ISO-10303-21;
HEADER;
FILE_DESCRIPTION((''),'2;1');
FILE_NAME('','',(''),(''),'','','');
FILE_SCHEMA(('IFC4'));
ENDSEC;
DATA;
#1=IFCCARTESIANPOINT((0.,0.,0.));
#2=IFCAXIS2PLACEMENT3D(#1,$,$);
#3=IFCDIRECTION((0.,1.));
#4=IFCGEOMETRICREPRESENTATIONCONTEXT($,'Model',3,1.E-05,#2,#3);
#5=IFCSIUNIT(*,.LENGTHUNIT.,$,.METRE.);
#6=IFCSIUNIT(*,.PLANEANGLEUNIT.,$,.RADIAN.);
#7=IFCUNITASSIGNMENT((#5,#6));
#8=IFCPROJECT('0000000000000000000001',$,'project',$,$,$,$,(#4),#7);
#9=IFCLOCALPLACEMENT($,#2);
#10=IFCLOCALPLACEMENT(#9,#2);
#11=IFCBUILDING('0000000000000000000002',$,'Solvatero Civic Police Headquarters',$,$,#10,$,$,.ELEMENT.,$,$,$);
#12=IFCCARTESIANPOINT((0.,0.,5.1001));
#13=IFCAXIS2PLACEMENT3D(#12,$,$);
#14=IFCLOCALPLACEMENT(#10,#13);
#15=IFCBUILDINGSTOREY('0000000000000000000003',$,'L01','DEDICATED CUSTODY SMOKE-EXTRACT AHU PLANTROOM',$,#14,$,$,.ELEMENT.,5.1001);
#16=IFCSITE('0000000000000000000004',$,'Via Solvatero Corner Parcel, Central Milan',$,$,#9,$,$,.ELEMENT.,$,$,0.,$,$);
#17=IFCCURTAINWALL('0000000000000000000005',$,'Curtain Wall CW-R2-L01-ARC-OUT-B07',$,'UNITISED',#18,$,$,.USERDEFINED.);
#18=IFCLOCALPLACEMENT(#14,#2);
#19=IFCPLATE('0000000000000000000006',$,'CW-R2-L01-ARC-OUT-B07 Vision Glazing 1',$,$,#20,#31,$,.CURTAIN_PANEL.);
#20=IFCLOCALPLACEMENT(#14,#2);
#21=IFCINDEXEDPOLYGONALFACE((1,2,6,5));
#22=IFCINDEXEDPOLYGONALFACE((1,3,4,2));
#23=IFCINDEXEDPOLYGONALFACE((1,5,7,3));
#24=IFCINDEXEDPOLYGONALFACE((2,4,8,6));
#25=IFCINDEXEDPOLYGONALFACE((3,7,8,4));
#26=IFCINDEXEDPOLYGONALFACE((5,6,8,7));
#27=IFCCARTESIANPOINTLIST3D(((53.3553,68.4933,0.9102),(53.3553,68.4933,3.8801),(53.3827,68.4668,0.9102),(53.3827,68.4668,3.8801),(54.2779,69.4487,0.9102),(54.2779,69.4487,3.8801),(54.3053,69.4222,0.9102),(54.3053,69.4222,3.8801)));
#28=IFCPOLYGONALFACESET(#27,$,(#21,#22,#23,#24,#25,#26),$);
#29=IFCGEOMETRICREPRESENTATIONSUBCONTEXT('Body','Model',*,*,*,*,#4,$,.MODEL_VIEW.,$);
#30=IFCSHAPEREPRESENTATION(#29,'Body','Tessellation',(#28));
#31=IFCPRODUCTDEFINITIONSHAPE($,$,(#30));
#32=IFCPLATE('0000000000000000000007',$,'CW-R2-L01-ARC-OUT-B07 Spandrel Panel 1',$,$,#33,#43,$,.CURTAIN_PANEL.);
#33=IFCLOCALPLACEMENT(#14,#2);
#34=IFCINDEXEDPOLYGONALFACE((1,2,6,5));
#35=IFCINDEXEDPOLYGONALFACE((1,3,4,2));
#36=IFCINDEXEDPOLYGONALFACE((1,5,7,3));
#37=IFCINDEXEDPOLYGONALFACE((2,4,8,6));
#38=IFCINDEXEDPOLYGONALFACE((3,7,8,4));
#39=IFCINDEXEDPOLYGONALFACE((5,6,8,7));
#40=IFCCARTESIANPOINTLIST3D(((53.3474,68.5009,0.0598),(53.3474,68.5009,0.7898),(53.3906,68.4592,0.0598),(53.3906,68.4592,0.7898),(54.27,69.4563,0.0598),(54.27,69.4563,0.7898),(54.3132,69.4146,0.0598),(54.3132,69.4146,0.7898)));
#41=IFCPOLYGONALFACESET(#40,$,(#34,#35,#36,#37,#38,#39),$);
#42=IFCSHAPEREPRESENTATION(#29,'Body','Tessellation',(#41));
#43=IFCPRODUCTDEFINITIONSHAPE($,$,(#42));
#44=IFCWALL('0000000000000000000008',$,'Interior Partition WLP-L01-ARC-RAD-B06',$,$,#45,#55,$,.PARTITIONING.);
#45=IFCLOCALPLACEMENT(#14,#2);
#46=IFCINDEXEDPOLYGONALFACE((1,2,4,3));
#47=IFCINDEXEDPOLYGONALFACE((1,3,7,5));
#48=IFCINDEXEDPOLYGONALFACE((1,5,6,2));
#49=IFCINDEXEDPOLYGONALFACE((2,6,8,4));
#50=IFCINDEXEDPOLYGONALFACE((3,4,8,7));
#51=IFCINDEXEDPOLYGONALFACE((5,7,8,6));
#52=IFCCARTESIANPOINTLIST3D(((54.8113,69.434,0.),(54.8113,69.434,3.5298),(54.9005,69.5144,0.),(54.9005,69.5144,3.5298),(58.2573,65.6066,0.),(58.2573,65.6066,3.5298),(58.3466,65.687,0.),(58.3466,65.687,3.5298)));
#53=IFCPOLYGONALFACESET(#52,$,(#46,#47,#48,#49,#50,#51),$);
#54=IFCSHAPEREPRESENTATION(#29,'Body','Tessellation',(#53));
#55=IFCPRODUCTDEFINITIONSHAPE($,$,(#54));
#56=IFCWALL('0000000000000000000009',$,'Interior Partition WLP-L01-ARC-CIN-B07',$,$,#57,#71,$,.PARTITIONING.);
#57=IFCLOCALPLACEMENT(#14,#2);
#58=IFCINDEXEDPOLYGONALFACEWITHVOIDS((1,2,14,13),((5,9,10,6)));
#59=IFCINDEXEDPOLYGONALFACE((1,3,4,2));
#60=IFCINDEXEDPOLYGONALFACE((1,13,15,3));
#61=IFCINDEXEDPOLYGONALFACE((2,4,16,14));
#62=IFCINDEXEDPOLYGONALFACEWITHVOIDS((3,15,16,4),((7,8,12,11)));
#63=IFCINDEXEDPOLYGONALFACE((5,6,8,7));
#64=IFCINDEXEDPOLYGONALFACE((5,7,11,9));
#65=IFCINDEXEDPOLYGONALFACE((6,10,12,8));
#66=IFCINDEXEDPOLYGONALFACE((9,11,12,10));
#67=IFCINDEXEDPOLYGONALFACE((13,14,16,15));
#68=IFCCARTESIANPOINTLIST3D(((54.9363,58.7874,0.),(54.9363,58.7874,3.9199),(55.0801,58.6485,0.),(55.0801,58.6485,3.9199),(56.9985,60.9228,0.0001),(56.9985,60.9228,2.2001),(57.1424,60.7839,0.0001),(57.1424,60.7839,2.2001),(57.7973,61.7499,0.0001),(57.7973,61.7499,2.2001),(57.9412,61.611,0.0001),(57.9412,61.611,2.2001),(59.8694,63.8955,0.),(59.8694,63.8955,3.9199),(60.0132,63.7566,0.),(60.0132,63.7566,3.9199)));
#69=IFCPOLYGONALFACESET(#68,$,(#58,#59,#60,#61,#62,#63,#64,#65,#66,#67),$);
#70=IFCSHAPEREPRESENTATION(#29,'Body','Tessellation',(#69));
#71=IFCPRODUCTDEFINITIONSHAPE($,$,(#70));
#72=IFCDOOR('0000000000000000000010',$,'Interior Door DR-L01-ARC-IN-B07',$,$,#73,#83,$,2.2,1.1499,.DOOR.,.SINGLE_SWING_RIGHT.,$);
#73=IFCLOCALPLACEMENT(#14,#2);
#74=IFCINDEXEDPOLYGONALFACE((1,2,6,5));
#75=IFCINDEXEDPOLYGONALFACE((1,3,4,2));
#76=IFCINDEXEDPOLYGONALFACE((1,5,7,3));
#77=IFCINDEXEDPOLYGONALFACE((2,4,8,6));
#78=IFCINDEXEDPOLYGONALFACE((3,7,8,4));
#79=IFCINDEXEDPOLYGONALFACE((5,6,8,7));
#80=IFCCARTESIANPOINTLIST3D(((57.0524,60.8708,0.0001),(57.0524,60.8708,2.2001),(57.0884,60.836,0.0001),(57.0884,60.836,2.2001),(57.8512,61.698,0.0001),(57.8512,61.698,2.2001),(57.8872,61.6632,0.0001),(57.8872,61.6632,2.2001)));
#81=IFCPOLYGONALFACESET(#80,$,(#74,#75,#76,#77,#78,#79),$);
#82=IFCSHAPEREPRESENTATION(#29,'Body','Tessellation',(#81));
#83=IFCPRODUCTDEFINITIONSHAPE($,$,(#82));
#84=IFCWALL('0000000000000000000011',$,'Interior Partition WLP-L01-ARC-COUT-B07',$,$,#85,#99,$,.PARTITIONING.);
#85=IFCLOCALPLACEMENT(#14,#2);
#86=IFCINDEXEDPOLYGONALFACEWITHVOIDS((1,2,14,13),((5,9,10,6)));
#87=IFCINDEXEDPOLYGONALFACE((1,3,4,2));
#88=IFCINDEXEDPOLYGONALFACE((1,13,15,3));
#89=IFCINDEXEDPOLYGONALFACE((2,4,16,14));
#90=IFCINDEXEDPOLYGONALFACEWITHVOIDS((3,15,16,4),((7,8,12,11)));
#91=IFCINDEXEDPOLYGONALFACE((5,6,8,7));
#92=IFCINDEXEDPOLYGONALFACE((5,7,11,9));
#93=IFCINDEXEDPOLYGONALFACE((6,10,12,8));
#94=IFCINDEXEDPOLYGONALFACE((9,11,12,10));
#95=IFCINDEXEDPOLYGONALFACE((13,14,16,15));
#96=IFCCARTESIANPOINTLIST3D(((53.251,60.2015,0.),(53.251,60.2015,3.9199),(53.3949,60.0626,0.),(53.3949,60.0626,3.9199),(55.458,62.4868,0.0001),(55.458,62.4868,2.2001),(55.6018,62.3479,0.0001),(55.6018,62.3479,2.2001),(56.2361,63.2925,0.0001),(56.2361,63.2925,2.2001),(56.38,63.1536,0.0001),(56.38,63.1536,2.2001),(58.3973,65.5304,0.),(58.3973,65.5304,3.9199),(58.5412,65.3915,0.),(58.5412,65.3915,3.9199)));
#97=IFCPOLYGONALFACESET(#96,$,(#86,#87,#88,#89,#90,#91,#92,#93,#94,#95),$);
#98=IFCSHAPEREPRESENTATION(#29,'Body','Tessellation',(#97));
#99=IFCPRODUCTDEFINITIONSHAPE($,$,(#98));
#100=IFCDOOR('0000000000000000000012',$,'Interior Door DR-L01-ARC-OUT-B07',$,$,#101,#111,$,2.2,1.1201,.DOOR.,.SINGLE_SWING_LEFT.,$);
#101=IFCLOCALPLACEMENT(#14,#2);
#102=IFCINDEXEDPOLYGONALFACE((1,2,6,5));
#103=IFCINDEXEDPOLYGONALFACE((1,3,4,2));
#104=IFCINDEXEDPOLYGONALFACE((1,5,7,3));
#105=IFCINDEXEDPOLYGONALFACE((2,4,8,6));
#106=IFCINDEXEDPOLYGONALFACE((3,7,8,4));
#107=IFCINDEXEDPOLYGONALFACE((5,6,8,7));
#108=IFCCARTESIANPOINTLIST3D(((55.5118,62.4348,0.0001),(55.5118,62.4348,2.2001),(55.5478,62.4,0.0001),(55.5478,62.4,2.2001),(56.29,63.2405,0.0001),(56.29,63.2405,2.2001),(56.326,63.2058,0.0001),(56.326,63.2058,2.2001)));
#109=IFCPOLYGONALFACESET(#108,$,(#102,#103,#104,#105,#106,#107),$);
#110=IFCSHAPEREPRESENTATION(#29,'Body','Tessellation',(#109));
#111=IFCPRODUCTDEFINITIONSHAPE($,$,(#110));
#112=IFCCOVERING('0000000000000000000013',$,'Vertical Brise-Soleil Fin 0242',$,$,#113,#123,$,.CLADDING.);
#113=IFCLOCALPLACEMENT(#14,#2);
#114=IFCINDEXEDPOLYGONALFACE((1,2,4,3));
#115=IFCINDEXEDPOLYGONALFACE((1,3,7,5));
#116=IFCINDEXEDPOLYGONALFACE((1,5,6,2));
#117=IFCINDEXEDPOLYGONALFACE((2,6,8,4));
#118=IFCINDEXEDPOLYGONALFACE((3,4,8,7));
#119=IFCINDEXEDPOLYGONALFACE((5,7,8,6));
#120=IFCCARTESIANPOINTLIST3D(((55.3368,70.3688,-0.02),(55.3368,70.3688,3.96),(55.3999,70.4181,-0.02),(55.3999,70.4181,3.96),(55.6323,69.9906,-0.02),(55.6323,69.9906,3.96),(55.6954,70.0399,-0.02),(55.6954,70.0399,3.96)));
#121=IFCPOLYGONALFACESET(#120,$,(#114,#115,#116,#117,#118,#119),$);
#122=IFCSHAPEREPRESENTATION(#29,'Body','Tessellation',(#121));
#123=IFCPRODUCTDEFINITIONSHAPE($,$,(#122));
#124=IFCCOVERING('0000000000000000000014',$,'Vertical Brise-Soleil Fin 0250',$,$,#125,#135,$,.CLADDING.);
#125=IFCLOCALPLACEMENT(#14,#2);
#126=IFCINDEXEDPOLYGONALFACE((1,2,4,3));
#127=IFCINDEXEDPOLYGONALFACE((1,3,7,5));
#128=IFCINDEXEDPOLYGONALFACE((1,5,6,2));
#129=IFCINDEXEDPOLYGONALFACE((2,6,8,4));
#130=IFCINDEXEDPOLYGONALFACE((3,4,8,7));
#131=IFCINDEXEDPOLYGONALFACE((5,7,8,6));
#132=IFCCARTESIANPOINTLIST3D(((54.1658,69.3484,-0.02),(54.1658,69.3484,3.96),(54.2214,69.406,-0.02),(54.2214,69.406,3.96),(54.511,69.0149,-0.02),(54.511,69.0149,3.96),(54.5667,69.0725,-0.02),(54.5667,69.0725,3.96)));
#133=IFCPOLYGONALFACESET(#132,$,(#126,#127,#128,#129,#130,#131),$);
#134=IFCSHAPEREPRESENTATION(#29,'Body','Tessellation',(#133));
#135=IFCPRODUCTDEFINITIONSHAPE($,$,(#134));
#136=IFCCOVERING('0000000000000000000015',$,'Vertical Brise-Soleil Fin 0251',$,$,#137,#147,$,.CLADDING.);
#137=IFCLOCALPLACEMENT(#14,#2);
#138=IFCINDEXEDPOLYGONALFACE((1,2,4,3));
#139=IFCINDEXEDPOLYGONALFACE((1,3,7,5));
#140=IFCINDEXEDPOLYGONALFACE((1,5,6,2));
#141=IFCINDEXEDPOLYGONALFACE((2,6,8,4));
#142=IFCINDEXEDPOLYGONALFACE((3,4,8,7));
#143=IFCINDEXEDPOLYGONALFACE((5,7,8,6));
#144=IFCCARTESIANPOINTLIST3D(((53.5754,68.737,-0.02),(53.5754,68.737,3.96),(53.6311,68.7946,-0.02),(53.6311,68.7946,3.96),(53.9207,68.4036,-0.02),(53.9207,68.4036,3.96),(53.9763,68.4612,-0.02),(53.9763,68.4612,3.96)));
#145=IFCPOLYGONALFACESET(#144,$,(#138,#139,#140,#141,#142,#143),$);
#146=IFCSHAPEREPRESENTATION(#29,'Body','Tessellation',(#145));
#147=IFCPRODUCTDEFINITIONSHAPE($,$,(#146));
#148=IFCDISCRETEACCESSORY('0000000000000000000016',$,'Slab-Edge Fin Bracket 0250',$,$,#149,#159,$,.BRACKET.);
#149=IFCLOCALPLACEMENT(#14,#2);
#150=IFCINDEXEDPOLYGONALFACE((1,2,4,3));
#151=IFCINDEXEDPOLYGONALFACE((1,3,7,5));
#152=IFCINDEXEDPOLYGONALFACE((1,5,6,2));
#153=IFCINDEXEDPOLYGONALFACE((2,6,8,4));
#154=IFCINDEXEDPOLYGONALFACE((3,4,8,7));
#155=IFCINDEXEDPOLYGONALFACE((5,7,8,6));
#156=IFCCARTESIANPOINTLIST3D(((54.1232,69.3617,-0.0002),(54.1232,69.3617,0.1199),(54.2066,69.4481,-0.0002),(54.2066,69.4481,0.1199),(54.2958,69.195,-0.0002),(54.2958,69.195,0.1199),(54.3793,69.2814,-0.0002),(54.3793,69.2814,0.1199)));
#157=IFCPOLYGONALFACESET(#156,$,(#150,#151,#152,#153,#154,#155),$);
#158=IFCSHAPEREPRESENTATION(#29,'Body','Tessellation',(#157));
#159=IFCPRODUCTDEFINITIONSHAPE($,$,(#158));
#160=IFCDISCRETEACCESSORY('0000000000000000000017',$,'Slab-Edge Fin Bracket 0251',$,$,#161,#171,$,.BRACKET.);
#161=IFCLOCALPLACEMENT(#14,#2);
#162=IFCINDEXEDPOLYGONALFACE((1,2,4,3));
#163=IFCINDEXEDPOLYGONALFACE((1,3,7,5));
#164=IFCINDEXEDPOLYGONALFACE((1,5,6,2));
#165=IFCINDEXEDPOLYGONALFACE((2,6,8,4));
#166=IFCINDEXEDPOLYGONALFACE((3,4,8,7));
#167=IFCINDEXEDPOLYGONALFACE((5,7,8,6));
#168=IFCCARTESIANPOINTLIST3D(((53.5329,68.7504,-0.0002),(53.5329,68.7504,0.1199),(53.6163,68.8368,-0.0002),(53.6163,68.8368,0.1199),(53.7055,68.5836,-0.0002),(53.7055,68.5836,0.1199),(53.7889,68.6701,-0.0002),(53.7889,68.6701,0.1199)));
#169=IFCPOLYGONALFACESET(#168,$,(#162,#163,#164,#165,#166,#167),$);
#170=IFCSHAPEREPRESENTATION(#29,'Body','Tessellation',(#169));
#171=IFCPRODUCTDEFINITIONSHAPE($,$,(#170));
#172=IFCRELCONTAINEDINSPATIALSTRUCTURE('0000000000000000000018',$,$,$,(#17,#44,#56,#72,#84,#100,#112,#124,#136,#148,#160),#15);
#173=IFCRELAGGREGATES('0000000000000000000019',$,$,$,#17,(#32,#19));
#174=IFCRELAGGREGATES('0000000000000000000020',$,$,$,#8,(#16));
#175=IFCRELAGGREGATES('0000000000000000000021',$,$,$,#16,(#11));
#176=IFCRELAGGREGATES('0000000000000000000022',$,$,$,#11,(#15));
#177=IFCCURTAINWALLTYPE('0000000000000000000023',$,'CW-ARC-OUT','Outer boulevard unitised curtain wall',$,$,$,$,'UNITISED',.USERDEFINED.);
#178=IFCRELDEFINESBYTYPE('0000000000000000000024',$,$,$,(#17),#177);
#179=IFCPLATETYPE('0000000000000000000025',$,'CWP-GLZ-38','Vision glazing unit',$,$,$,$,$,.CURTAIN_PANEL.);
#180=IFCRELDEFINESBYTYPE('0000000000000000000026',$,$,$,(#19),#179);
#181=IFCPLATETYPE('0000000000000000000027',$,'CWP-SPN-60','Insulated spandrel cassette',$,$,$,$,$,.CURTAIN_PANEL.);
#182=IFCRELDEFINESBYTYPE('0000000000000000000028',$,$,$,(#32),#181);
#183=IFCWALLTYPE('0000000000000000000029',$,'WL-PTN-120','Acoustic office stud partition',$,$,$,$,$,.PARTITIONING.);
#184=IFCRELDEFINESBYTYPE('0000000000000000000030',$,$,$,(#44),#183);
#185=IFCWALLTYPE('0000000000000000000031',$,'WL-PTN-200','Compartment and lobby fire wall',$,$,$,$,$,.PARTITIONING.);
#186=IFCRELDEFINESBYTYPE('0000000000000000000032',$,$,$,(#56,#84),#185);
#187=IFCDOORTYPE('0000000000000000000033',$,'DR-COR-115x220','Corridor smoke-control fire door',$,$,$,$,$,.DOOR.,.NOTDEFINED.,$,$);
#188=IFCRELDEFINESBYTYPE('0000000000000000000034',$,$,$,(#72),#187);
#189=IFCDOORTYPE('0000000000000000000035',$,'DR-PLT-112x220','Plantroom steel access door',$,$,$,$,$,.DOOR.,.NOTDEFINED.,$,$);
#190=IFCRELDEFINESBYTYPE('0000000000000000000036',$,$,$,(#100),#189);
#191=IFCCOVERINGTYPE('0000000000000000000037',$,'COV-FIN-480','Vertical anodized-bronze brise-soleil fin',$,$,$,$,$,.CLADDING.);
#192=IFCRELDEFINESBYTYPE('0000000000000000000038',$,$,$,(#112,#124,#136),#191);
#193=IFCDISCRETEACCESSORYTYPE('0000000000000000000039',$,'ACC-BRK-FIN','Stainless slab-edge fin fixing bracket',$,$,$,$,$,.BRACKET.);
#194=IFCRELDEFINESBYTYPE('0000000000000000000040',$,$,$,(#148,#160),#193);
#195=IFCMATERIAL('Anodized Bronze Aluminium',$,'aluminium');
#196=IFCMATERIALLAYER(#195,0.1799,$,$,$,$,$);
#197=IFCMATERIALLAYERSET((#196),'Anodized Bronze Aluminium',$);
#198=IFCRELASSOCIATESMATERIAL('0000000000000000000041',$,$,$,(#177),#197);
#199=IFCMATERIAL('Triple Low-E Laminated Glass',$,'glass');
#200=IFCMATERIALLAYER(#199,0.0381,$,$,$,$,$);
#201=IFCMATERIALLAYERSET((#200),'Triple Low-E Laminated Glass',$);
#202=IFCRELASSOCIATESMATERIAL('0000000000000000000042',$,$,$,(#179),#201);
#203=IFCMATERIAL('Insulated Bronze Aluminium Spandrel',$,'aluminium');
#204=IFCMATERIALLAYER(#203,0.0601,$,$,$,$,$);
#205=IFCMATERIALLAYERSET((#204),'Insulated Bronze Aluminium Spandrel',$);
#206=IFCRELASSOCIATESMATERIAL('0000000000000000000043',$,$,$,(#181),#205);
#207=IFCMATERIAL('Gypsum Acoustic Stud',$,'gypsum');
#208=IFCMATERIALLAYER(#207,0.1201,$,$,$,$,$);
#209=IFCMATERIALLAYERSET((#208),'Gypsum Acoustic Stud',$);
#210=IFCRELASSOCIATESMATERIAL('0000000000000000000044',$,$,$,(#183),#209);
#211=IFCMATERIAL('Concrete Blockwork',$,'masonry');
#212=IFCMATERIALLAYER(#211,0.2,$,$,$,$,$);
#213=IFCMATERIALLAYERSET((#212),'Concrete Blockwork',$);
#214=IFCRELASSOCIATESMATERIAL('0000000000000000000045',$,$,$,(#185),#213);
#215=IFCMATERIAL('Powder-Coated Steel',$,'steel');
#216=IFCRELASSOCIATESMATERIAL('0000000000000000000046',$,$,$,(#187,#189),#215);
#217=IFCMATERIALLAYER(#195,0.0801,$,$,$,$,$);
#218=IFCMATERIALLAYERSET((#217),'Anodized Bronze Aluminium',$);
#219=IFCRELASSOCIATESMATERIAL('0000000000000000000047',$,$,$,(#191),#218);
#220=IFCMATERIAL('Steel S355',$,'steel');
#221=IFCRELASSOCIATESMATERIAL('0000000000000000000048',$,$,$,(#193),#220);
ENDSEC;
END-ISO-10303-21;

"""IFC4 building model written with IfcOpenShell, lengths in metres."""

from ifc_helpers import new_model, si_unit, direction, frame, frame_2d, origin, origin_2d, place, context, subcontext, project, spatial, rectangle, extrude, material, layer, layer_set, type_object, element, fill, aggregate, save


model = new_model("IFC4")

# Units and contexts
model_context = context("Model", 3, precision=1e-05, world=origin(), true_north=direction((0.0, 1.0)))
body_context = subcontext(model_context, "Body", "Model", "MODEL_VIEW")
ifc_project = project(units=[si_unit("LENGTHUNIT", "METRE"), si_unit("PLANEANGLEUNIT", "RADIAN")], contexts=[model_context])

# Site, building, storey
site_placement = place(None, origin())
site = spatial("IfcSite", under=ifc_project, at=site_placement, Name="Via Solvatero Corner Parcel, Central Milan", CompositionType="ELEMENT", RefElevation=0.0)
building_placement = place(site_placement, origin())
building = spatial("IfcBuilding", under=site, at=building_placement, Name="Solvatero Civic Police Headquarters", CompositionType="ELEMENT")
storey_placement = place(building_placement, frame((0.0, 0.0, 5.1001)))
storey = spatial("IfcBuildingStorey", under=building, at=storey_placement, Name="L01", Description="DEDICATED CUSTODY SMOKE-EXTRACT AHU PLANTROOM", CompositionType="ELEMENT", Elevation=5.1001)

# Shared definitions
ifc_material_1 = material(Name="Steel S355", Category="steel")

# Shared definitions
ifc_material_2 = material(Name="Anodized Bronze Aluminium", Category="aluminium")
ifc_layer_1 = layer(ifc_material_2, 0.1799)
ifc_layer_set_1 = layer_set([ifc_layer_1], Name="Anodized Bronze Aluminium")
curtain_wall_type = type_object("IfcCurtainWallType", Name="CW-ARC-OUT", Description="Outer boulevard unitised curtain wall", ElementType="UNITISED", PredefinedType="USERDEFINED", material=ifc_layer_set_1)

# Curtain wall, plates
curtain_wall_1_placement = place(storey_placement, origin())
curtain_wall_1 = element("IfcCurtainWall", 1, at=curtain_wall_1_placement, inside=storey, type_object=curtain_wall_type, Name="Curtain Wall CW-R2-L01-ARC-OUT-B07", ObjectType="UNITISED", PredefinedType="USERDEFINED")
ifc_material_3 = material(Name="Triple Low-E Laminated Glass", Category="glass")
ifc_layer_2 = layer(ifc_material_3, 0.0381)
ifc_layer_set_2 = layer_set([ifc_layer_2], Name="Triple Low-E Laminated Glass")
plate_type_1 = type_object("IfcPlateType", Name="CWP-GLZ-38", Description="Vision glazing unit", PredefinedType="CURTAIN_PANEL", material=ifc_layer_set_2)
plate_1_placement = place(storey_placement, frame((53.8303, 68.9578, 0.9102), z_axis=(0.0, 0.0, 1.0), x_axis=(-0.694646, -0.719352, 0.0)))
plate_1 = element("IfcPlate", 2, at=plate_1_placement, type_object=plate_type_1, Name="CW-R2-L01-ARC-OUT-B07 Vision Glazing 1", PredefinedType="CURTAIN_PANEL", context=body_context, shape_type="SweptSolid", body=[
    extrude(rectangle(XDim=1.3281, YDim=0.0381, at=origin_2d()), origin(), (0.0, 0.0, 1.0), 2.97),
])
ifc_material_4 = material(Name="Insulated Bronze Aluminium Spandrel", Category="aluminium")
ifc_layer_3 = layer(ifc_material_4, 0.0601)
ifc_layer_set_3 = layer_set([ifc_layer_3], Name="Insulated Bronze Aluminium Spandrel")
plate_type_2 = type_object("IfcPlateType", Name="CWP-SPN-60", Description="Insulated spandrel cassette", PredefinedType="CURTAIN_PANEL", material=ifc_layer_set_3)
plate_2_placement = place(storey_placement, frame((53.8303, 68.9578, 0.0598), z_axis=(0.0, 0.0, 1.0), x_axis=(-0.694646, -0.719352, 0.0)))
plate_2 = element("IfcPlate", 3, at=plate_2_placement, type_object=plate_type_2, Name="CW-R2-L01-ARC-OUT-B07 Spandrel Panel 1", PredefinedType="CURTAIN_PANEL", context=body_context, shape_type="SweptSolid", body=[
    extrude(rectangle(XDim=1.3281, YDim=0.0601, at=origin_2d()), origin(), (0.0, 0.0, 1.0), 0.73),
])
aggregate(curtain_wall_1, [plate_2, plate_1])

# Wall
ifc_material_5 = material(Name="Gypsum Acoustic Stud", Category="gypsum")
ifc_layer_4 = layer(ifc_material_5, 0.1201)
ifc_layer_set_4 = layer_set([ifc_layer_4], Name="Gypsum Acoustic Stud")
wall_type_1 = type_object("IfcWallType", Name="WL-PTN-120", Description="Acoustic office stud partition", PredefinedType="PARTITIONING", material=ifc_layer_set_4)
wall_1_placement = place(storey_placement, frame((58.302, 65.6467, 0.0), z_axis=(0.0, 0.0, 1.0), x_axis=(-0.669114, 0.74316, 0.0)))
element("IfcWall", 4, at=wall_1_placement, inside=storey, type_object=wall_type_1, Name="Interior Partition WLP-L01-ARC-RAD-B06", PredefinedType="PARTITIONING", context=body_context, shape_type="SweptSolid", body=[
    extrude(rectangle(XDim=5.1501, YDim=0.1201, at=frame_2d((2.5752, 0.0))), origin(), (0.0, 0.0, 1.0), 3.5298),
])

# Walls, openings, doors
ifc_material_6 = material(Name="Concrete Blockwork", Category="masonry")
ifc_layer_5 = layer(ifc_material_6, 0.2)
ifc_layer_set_5 = layer_set([ifc_layer_5], Name="Concrete Blockwork")
wall_type_2 = type_object("IfcWallType", Name="WL-PTN-200", Description="Compartment and lobby fire wall", PredefinedType="PARTITIONING", material=ifc_layer_set_5)
wall_2_placement = place(storey_placement, frame((59.9414, 63.8262, 0.0), z_axis=(0.0, 0.0, 1.0), x_axis=(-0.694674, -0.719324, 0.0)))
wall_2 = element("IfcWall", 5, at=wall_2_placement, inside=storey, type_object=wall_type_2, Name="Interior Partition WLP-L01-ARC-CIN-B07", PredefinedType="PARTITIONING", context=body_context, shape_type="SweptSolid", body=[
    extrude(rectangle(XDim=7.1013, YDim=0.2, at=frame_2d((3.5508, 0.0))), origin(), (0.0, 0.0, 1.0), 3.9199),
])
opening_1_placement = place(wall_2_placement, frame((2.9829, 0.0, 0.0)))
opening_1 = element("IfcOpeningElement", 6, at=opening_1_placement, cuts=wall_2, PredefinedType="OPENING", context=body_context, shape_type="SweptSolid", body=[
    extrude(rectangle(XDim=1.1499, YDim=2.2, at=frame_2d((0.575, 1.1001))), frame((0.0, 0.1099, 0.0), z_axis=(0.0, -1.0, 0.0), x_axis=(1.0, 0.0, 0.0)), (0.0, 0.0, 1.0), 0.22),
])
ifc_material_7 = material(Name="Powder-Coated Steel", Category="steel")
door_type_1 = type_object("IfcDoorType", Name="DR-COR-115x220", Description="Corridor smoke-control fire door", OperationType="NOTDEFINED", PredefinedType="DOOR", material=ifc_material_7)
door_1_placement = place(opening_1_placement, origin())
door_1 = element("IfcDoor", 7, at=door_1_placement, inside=storey, type_object=door_type_1, Name="Interior Door DR-L01-ARC-IN-B07", OperationType="SINGLE_SWING_RIGHT", OverallHeight=2.2, OverallWidth=1.1499, PredefinedType="DOOR", context=body_context, shape_type="SweptSolid", body=[
    extrude(rectangle(XDim=1.1499, YDim=2.2, at=frame_2d((0.575, 1.1001))), frame((0.0, 0.0249, 0.0), z_axis=(0.0, -1.0, 0.0), x_axis=(1.0, 0.0, 0.0)), (0.0, 0.0, 1.0), 0.05),
])
fill(opening_1, door_1)
wall_3_placement = place(storey_placement, frame((58.4692, 65.4609, 0.0), z_axis=(0.0, 0.0, 1.0), x_axis=(-0.694674, -0.719325, 0.0)))
wall_3 = element("IfcWall", 8, at=wall_3_placement, inside=storey, type_object=wall_type_2, Name="Interior Partition WLP-L01-ARC-COUT-B07", PredefinedType="PARTITIONING", context=body_context, shape_type="SweptSolid", body=[
    extrude(rectangle(XDim=7.4082, YDim=0.2, at=frame_2d((3.7041, 0.0))), origin(), (0.0, 0.0, 1.0), 3.9199),
])
opening_2_placement = place(wall_3_placement, frame((3.1111, 0.0, 0.0)))
opening_2 = element("IfcOpeningElement", 9, at=opening_2_placement, cuts=wall_3, PredefinedType="OPENING", context=body_context, shape_type="SweptSolid", body=[
    extrude(rectangle(XDim=1.1201, YDim=2.2, at=frame_2d((0.5601, 1.1001))), frame((0.0, 0.1099, 0.0), z_axis=(0.0, -1.0, 0.0), x_axis=(1.0, 0.0, 0.0)), (0.0, 0.0, 1.0), 0.22),
])
door_type_2 = type_object("IfcDoorType", Name="DR-PLT-112x220", Description="Plantroom steel access door", OperationType="NOTDEFINED", PredefinedType="DOOR", material=ifc_material_7)
door_2_placement = place(opening_2_placement, origin())
door_2 = element("IfcDoor", 10, at=door_2_placement, inside=storey, type_object=door_type_2, Name="Interior Door DR-L01-ARC-OUT-B07", OperationType="SINGLE_SWING_LEFT", OverallHeight=2.2, OverallWidth=1.1201, PredefinedType="DOOR", context=body_context, shape_type="SweptSolid", body=[
    extrude(rectangle(XDim=1.1201, YDim=2.2, at=frame_2d((0.5601, 1.1001))), frame((0.0, 0.0249, 0.0), z_axis=(0.0, -1.0, 0.0), x_axis=(1.0, 0.0, 0.0)), (0.0, 0.0, 1.0), 0.05),
])
fill(opening_2, door_2)

# Coverings
ifc_layer_6 = layer(ifc_material_2, 0.0801)
ifc_layer_set_6 = layer_set([ifc_layer_6], Name="Anodized Bronze Aluminium")
covering_type = type_object("IfcCoveringType", Name="COV-FIN-480", Description="Vertical anodized-bronze brise-soleil fin", PredefinedType="CLADDING", material=ifc_layer_set_6)
for number, where, z_axis, x_axis, name in (
    (11, (55.5161, 70.2043, -0.02), (0.0, 0.0, 1.0), (-0.788011, -0.615661, 0.0), "Vertical Brise-Soleil Fin 0242"),
    (12, (54.3662, 69.2104, -0.02), (0.0, 0.0, 1.0), (-0.694646, -0.719352, 0.0), "Vertical Brise-Soleil Fin 0250"),
    (13, (53.7759, 68.5991, -0.02), (0.0, 0.0, 1.0), (-0.694646, -0.719352, 0.0), "Vertical Brise-Soleil Fin 0251"),
):
    element("IfcCovering", number, at=place(storey_placement, frame(where, z_axis=z_axis, x_axis=x_axis)), inside=storey, type_object=covering_type, Name=name, PredefinedType="CLADDING", context=body_context, shape_type="SweptSolid", body=[
        extrude(rectangle(XDim=0.0801, YDim=0.48, at=origin_2d()), origin(), (0.0, 0.0, 1.0), 3.98),
    ])

# Discrete accessories
discrete_accessory_type = type_object("IfcDiscreteAccessoryType", Name="ACC-BRK-FIN", Description="Stainless slab-edge fin fixing bracket", PredefinedType="BRACKET", material=ifc_material_1)
for number, where, z_axis, x_axis, name in (
    (14, (54.2512, 69.3215, -0.0002), (0.0, 0.0, 1.0), (-0.694646, -0.719352, 0.0), "Slab-Edge Fin Bracket 0250"),
    (15, (53.6609, 68.7102, -0.0002), (0.0, 0.0, 1.0), (-0.694646, -0.719352, 0.0), "Slab-Edge Fin Bracket 0251"),
):
    element("IfcDiscreteAccessory", number, at=place(storey_placement, frame(where, z_axis=z_axis, x_axis=x_axis)), inside=storey, type_object=discrete_accessory_type, Name=name, PredefinedType="BRACKET", context=body_context, shape_type="SweptSolid", body=[
        extrude(rectangle(XDim=0.1201, YDim=0.24, at=origin_2d()), origin(), (0.0, 0.0, 1.0), 0.1201),
    ])

save(model, "model.ifc")
